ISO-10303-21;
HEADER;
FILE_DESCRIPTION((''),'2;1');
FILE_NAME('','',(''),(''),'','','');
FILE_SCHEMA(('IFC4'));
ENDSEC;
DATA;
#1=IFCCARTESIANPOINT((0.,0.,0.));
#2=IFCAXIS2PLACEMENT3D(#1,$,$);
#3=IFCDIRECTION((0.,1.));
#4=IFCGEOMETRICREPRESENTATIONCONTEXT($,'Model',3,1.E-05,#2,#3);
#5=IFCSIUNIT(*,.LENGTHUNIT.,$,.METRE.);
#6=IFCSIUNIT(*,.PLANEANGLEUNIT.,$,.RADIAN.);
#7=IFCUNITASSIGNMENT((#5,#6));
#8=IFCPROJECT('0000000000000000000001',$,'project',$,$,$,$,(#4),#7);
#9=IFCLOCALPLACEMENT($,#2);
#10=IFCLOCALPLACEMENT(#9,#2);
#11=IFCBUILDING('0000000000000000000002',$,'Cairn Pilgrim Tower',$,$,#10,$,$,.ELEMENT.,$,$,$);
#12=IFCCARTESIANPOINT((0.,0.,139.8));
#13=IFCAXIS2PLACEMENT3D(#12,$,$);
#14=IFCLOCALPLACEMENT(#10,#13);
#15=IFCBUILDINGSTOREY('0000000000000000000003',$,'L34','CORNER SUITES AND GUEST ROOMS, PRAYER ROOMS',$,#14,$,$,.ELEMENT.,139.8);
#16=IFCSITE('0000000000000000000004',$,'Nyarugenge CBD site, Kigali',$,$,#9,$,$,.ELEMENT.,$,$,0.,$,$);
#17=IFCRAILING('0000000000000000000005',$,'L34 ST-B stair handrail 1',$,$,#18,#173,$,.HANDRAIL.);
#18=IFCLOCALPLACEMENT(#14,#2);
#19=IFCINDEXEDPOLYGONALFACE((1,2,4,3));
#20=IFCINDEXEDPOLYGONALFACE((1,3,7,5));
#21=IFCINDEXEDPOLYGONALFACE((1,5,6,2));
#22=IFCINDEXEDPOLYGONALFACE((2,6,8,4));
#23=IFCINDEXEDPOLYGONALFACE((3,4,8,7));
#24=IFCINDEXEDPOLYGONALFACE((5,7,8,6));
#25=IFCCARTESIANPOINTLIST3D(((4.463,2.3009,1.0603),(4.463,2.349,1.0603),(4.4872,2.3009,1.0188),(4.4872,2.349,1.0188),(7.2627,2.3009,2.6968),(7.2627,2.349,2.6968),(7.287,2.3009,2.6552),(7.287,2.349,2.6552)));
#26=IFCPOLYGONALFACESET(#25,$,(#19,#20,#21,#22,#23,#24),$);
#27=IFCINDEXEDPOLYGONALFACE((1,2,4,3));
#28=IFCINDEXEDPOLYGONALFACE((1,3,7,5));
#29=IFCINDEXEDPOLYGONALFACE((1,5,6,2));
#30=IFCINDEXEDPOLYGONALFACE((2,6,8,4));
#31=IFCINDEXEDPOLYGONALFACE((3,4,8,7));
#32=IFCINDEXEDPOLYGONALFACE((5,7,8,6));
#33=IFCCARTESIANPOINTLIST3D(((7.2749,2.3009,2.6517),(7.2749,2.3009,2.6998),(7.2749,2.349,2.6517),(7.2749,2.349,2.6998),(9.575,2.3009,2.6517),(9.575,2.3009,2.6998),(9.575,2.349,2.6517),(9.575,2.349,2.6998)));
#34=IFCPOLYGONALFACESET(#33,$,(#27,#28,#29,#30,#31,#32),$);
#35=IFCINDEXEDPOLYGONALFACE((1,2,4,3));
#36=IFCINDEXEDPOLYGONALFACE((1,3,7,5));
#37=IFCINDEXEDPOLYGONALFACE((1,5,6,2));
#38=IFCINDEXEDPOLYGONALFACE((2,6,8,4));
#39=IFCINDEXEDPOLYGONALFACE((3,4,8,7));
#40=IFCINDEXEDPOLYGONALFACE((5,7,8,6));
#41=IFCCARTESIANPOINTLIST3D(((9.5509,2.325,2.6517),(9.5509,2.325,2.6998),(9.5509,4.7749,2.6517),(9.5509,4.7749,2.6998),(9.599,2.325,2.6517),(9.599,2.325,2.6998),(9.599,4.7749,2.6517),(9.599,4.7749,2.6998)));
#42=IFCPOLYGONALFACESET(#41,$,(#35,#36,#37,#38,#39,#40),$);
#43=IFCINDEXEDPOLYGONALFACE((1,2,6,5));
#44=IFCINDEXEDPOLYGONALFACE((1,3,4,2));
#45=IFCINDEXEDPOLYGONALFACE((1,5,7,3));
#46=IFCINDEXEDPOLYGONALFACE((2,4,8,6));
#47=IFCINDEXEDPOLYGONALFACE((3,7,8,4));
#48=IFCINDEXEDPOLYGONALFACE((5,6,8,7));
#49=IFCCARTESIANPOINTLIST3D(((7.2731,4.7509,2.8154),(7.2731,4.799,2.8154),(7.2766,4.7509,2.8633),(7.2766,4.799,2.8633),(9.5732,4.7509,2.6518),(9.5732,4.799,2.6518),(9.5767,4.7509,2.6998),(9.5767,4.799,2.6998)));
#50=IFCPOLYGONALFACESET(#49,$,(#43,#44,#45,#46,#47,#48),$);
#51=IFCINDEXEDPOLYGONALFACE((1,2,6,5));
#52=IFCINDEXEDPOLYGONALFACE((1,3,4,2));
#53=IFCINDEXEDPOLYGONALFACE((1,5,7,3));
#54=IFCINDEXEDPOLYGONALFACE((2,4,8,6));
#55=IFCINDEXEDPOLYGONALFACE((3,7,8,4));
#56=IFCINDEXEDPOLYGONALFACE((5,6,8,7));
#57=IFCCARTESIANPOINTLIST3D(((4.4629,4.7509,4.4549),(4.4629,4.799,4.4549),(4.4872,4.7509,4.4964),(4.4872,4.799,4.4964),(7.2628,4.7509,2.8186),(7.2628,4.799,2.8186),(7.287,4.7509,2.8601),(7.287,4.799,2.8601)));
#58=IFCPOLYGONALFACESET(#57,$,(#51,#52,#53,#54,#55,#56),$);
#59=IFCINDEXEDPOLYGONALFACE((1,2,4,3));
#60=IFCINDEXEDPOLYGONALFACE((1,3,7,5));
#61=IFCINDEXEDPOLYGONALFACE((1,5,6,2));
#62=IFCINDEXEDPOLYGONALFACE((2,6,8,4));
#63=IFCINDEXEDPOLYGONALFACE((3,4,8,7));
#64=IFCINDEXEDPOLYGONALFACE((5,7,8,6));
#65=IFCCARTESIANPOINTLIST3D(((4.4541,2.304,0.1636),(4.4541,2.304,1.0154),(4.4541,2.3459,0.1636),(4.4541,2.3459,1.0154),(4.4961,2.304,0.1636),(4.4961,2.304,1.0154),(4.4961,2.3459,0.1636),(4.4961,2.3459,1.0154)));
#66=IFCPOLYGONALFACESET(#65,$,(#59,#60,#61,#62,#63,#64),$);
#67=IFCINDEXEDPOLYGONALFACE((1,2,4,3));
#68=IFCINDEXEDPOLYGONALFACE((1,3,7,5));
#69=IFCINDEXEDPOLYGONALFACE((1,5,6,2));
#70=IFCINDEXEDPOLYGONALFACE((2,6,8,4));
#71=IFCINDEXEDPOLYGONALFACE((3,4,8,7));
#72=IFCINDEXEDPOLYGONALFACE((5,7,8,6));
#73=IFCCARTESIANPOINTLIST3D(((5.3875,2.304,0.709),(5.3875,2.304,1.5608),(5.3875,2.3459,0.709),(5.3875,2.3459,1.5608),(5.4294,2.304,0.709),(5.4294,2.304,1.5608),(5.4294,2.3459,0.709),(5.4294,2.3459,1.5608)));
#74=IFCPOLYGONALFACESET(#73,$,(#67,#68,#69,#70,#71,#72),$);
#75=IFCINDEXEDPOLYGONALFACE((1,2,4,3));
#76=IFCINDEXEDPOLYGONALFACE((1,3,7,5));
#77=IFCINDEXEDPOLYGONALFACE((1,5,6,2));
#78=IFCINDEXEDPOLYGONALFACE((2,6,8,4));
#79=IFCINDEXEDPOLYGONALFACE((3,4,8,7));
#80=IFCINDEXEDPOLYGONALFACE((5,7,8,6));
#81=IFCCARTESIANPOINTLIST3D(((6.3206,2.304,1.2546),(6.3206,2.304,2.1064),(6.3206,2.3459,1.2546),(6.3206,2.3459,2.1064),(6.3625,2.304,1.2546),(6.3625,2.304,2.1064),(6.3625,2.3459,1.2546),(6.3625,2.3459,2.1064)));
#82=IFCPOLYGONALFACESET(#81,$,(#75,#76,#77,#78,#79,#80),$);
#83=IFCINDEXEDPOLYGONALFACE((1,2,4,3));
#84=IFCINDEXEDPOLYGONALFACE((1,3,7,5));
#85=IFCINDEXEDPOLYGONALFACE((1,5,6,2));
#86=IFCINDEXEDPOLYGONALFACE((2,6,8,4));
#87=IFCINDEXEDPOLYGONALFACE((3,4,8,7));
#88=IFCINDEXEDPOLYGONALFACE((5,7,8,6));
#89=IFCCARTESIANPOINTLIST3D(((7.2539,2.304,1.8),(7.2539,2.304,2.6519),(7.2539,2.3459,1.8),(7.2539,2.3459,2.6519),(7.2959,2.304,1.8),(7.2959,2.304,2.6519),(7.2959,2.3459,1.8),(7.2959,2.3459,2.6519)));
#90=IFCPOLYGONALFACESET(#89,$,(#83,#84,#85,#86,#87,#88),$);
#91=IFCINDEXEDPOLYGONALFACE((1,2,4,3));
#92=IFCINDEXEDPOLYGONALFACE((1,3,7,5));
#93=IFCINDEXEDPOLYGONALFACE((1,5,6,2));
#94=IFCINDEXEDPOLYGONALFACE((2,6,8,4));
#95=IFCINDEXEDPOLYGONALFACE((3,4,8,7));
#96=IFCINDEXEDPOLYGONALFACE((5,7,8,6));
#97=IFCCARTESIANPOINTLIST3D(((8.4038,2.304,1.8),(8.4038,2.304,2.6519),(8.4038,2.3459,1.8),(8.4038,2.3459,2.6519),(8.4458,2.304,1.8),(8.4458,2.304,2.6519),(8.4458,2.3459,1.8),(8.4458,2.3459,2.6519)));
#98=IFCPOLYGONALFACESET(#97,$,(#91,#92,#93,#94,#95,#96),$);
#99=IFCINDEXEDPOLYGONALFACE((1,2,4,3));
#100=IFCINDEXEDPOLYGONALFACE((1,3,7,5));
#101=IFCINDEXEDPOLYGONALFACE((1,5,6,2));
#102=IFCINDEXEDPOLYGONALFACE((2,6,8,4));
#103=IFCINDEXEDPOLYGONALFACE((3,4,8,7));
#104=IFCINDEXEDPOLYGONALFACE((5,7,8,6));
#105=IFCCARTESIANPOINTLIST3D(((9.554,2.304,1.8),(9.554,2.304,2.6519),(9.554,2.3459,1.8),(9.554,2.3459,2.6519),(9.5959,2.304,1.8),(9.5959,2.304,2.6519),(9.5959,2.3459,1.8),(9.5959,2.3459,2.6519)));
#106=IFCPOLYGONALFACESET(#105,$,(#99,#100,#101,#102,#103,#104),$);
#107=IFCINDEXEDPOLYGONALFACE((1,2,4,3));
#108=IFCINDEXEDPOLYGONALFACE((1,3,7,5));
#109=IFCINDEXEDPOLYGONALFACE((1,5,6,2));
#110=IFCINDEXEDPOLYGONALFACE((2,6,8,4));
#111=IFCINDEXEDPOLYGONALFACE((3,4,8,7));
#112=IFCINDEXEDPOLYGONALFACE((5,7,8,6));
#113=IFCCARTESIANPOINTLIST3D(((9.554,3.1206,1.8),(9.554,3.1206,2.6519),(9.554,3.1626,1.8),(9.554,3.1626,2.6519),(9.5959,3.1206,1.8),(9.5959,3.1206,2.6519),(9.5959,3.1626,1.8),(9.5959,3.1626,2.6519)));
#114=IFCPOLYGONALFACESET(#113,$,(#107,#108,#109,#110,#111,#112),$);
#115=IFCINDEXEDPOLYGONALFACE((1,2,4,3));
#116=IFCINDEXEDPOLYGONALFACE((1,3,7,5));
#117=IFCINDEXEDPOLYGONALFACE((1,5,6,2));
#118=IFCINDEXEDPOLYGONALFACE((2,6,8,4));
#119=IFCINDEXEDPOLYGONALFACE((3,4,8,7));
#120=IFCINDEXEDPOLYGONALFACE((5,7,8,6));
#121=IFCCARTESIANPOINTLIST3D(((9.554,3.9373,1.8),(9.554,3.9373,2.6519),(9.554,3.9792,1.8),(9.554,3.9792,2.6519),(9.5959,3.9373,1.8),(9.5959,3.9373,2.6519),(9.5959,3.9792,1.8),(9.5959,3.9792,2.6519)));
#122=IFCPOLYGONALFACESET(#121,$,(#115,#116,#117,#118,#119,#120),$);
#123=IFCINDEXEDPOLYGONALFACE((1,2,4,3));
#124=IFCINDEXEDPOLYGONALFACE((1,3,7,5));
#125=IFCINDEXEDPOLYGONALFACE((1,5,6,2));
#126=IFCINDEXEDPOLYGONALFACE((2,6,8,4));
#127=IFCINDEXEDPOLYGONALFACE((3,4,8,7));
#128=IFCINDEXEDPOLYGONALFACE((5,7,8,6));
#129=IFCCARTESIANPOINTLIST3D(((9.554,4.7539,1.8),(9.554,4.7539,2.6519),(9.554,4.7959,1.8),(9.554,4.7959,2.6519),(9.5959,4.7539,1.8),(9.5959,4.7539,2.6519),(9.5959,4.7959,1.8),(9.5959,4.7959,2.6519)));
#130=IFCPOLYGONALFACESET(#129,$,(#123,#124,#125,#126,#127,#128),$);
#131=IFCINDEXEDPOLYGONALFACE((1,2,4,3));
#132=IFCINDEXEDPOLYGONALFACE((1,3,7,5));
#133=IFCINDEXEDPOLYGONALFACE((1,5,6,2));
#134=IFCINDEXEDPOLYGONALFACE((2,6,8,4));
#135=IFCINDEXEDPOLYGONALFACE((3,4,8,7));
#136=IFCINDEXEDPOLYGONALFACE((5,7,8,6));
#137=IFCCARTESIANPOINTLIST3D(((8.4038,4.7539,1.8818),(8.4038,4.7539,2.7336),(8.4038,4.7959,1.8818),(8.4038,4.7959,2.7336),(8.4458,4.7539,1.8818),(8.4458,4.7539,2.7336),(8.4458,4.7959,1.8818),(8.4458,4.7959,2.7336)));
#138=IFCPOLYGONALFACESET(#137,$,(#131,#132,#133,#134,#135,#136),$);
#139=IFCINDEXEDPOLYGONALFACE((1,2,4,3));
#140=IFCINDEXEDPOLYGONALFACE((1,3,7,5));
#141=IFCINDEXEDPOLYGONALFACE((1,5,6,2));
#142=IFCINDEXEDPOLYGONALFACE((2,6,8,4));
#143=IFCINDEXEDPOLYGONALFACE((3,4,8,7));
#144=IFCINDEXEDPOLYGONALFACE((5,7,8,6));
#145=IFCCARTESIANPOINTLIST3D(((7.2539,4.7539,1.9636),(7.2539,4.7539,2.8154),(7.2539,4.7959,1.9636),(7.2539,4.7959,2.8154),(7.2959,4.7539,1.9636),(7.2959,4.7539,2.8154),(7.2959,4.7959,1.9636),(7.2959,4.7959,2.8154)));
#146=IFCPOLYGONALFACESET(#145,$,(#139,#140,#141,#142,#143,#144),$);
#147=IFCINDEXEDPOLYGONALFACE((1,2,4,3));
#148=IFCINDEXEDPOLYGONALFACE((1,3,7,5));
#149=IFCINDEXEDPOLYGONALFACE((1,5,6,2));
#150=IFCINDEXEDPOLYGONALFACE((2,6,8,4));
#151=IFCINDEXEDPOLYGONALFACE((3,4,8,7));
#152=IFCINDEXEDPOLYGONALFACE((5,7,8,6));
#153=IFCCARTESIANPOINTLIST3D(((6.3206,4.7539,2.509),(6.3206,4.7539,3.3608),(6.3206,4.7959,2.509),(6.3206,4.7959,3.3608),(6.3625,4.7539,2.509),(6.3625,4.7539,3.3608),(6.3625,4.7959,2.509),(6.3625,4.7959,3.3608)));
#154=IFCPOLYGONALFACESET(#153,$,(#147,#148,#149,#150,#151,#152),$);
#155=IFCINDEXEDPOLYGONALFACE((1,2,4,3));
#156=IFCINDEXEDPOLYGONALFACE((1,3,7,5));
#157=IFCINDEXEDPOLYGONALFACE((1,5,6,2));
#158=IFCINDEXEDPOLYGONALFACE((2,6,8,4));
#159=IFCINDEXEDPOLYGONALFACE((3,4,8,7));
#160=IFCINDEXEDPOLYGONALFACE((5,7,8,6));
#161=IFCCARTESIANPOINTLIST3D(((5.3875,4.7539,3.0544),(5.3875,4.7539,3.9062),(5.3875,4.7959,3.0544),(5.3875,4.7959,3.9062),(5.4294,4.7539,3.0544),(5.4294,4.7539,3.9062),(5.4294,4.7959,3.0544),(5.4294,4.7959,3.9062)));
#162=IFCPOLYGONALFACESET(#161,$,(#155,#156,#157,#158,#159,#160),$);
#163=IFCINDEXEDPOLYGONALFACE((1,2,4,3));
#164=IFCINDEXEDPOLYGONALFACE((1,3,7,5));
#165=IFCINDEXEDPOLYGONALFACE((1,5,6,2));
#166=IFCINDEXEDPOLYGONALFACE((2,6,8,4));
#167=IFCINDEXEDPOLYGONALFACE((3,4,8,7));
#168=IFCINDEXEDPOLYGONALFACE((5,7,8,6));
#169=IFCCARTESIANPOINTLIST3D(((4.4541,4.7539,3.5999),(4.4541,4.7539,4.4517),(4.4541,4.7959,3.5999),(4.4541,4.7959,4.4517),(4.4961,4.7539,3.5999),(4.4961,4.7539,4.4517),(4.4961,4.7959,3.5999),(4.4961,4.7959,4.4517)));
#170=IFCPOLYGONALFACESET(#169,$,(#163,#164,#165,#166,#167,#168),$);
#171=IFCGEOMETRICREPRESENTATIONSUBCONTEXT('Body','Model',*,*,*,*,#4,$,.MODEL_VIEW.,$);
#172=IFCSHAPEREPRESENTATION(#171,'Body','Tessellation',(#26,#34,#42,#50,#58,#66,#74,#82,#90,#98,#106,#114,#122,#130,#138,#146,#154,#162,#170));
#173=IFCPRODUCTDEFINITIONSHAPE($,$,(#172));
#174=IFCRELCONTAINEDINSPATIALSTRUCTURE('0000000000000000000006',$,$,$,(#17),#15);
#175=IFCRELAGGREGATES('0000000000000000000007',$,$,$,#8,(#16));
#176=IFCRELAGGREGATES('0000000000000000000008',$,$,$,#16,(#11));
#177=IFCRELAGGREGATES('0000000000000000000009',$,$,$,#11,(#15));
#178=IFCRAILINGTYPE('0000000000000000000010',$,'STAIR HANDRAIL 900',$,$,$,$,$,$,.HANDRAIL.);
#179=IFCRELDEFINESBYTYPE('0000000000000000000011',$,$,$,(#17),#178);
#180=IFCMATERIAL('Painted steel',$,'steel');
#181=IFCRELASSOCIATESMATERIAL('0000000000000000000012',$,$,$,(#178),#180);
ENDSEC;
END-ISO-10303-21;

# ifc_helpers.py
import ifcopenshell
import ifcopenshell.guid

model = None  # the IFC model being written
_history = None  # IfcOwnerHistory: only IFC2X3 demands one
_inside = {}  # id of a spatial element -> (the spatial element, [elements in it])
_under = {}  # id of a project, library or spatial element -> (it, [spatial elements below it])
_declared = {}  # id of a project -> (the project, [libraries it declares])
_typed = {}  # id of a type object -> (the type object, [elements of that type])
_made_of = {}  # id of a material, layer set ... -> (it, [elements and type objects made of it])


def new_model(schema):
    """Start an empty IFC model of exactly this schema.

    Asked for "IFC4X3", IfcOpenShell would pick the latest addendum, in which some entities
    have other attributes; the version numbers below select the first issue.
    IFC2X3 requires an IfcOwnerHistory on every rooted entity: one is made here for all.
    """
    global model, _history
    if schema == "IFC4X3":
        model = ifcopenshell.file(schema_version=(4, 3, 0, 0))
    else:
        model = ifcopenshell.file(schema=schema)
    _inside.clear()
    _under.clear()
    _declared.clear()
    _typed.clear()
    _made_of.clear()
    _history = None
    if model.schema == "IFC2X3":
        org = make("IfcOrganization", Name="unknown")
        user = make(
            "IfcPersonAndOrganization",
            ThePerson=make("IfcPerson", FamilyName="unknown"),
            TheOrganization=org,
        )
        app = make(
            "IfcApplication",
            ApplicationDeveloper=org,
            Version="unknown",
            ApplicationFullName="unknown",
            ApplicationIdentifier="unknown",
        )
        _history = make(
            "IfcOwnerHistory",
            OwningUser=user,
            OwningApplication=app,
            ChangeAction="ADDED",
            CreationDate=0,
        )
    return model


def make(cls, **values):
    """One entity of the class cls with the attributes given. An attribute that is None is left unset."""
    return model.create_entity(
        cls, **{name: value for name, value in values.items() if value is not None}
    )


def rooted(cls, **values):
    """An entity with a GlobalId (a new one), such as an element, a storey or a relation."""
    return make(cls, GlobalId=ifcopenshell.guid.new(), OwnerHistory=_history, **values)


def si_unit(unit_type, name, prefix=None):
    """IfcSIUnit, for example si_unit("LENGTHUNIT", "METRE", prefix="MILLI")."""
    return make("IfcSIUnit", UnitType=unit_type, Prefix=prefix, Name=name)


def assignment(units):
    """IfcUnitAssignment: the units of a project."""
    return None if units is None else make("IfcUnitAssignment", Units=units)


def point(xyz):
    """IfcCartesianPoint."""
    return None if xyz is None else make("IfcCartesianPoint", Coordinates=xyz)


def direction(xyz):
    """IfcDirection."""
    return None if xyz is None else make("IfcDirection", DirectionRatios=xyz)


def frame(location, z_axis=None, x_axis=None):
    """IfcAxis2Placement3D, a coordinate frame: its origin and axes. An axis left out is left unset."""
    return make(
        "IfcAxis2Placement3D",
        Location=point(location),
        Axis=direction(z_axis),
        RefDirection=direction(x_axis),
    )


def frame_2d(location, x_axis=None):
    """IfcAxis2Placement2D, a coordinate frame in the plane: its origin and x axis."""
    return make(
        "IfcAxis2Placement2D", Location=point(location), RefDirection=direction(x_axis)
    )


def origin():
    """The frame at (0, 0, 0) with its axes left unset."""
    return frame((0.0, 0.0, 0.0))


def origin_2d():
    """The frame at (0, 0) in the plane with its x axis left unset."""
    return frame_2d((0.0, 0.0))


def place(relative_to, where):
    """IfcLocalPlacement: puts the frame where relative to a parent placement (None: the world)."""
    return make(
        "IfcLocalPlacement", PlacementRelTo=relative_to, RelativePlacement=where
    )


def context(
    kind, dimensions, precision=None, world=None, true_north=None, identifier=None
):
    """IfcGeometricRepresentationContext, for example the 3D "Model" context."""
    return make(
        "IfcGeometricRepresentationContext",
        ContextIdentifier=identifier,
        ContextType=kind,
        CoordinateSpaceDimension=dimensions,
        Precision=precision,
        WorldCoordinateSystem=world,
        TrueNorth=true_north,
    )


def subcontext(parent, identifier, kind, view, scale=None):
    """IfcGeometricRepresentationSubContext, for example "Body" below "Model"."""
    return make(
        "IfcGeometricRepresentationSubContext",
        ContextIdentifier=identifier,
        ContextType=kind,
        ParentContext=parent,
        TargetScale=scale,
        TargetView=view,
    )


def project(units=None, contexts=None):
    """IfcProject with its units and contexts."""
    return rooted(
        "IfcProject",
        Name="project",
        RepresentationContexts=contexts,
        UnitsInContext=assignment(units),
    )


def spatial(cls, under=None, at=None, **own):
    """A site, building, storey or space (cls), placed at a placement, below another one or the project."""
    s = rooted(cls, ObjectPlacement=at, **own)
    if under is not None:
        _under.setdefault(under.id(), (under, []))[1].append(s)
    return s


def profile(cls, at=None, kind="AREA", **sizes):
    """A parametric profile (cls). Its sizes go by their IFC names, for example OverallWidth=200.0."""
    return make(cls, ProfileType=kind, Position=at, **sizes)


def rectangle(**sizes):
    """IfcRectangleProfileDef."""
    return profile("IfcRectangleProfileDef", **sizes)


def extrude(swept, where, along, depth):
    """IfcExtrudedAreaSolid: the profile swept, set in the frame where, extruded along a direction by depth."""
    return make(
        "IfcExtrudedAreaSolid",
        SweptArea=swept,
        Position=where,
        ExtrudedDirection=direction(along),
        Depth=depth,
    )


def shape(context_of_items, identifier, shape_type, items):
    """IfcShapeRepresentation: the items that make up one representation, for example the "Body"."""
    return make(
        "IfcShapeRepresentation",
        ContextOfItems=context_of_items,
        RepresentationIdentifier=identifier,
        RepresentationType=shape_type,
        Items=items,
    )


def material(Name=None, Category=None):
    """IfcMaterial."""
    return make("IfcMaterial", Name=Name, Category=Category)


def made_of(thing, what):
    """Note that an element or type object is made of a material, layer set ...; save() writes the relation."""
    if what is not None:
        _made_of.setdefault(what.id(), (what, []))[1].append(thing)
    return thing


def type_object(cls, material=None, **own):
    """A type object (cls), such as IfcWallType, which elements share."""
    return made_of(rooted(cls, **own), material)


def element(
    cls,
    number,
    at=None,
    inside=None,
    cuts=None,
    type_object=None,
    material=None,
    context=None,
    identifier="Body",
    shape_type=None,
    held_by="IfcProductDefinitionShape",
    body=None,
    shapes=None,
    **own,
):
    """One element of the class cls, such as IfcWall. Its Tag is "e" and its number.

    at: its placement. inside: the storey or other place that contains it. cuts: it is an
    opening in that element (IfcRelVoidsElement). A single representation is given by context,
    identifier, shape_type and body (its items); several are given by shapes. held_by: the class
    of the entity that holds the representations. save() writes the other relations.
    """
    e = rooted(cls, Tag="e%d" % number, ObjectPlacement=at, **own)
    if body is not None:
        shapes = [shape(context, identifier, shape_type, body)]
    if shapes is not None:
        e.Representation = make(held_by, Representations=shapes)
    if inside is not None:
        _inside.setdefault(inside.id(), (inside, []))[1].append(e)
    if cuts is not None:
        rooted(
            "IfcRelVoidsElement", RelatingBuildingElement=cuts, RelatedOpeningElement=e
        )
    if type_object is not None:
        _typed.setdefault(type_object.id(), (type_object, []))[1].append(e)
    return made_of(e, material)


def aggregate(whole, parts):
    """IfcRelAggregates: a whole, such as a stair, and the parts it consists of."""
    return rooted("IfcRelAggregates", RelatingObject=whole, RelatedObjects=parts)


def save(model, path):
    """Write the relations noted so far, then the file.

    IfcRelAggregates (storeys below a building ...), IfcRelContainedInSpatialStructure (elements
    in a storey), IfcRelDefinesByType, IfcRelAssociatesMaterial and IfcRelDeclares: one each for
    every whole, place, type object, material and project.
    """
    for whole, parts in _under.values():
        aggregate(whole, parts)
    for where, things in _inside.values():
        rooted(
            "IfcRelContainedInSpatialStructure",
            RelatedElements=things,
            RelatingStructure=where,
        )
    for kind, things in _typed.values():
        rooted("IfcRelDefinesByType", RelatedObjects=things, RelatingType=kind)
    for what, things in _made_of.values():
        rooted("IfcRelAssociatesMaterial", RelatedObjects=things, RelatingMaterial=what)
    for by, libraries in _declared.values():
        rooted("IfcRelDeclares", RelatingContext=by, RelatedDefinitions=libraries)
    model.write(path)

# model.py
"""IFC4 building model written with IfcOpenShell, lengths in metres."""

from ifc_helpers import new_model, si_unit, direction, frame, origin, origin_2d, place, context, subcontext, project, spatial, rectangle, extrude, material, type_object, element, save


model = new_model("IFC4")

# Units and contexts
model_context = context("Model", 3, precision=1e-05, world=origin(), true_north=direction((0.0, 1.0)))
body_context = subcontext(model_context, "Body", "Model", "MODEL_VIEW")
ifc_project = project(units=[si_unit("LENGTHUNIT", "METRE"), si_unit("PLANEANGLEUNIT", "RADIAN")], contexts=[model_context])

# Site, building, storey
site_placement = place(None, origin())
site = spatial("IfcSite", under=ifc_project, at=site_placement, Name="Nyarugenge CBD site, Kigali", CompositionType="ELEMENT", RefElevation=0.0)
building_placement = place(site_placement, origin())
building = spatial("IfcBuilding", under=site, at=building_placement, Name="Cairn Pilgrim Tower", CompositionType="ELEMENT")
storey_placement = place(building_placement, frame((0.0, 0.0, 139.8)))
storey = spatial("IfcBuildingStorey", under=building, at=storey_placement, Name="L34", Description="CORNER SUITES AND GUEST ROOMS, PRAYER ROOMS", CompositionType="ELEMENT", Elevation=139.8)

# Shared definitions
ifc_material_1 = material(Name="Painted steel", Category="steel")

# Railing
railing_type_1 = type_object("IfcRailingType", Name="STAIR HANDRAIL 900", PredefinedType="HANDRAIL", material=ifc_material_1)
railing_1_placement = place(storey_placement, frame((4.4751, 2.325, 0.1636)))
element("IfcRailing", 1, at=railing_1_placement, inside=storey, type_object=railing_type_1, Name="L34 ST-B stair handrail 1", PredefinedType="HANDRAIL", context=body_context, shape_type="SweptSolid", body=[
    extrude(rectangle(XDim=0.0481, YDim=0.0481, at=origin_2d()), frame((0.0, 0.0, 0.876), z_axis=(0.863342, 0.0, 0.50462), x_axis=(0.0, 1.0, 0.0)), (0.0, 0.0, 1.0), 3.2429),
    extrude(rectangle(XDim=0.0481, YDim=0.0481, at=origin_2d()), frame((2.7998, 0.0, 2.5122), z_axis=(1.0, 0.0, 0.0), x_axis=(0.0, 1.0, 0.0)), (0.0, 0.0, 1.0), 2.3),
    extrude(rectangle(XDim=0.0481, YDim=0.0481, at=origin_2d()), frame((5.0999, 0.0, 2.5122), z_axis=(0.0, 1.0, 0.0), x_axis=(-1.0, 0.0, 0.0)), (0.0, 0.0, 1.0), 2.45),
    extrude(rectangle(XDim=0.0481, YDim=0.0481, at=origin_2d()), frame((5.0999, 2.45, 2.5122), z_axis=(-0.997481, 0.0, 0.070939), x_axis=(0.0, -1.0, 0.0)), (0.0, 0.0, 1.0), 2.3059),
    extrude(rectangle(XDim=0.0481, YDim=0.0481, at=origin_2d()), frame((2.7998, 2.45, 2.6758), z_axis=(-0.863374, 0.0, 0.504564), x_axis=(0.0, -1.0, 0.0)), (0.0, 0.0, 1.0), 3.2429),
    extrude(rectangle(XDim=0.042, YDim=0.042, at=origin_2d()), origin(), (0.0, 0.0, 1.0), 0.8518),
    extrude(rectangle(XDim=0.042, YDim=0.042, at=origin_2d()), frame((0.9333, 0.0, 0.5454)), (0.0, 0.0, 1.0), 0.8518),
    extrude(rectangle(XDim=0.042, YDim=0.042, at=origin_2d()), frame((1.8665, 0.0, 1.0911)), (0.0, 0.0, 1.0), 0.8518),
    extrude(rectangle(XDim=0.042, YDim=0.042, at=origin_2d()), frame((2.7998, 0.0, 1.6365)), (0.0, 0.0, 1.0), 0.8518),
    extrude(rectangle(XDim=0.042, YDim=0.042, at=origin_2d()), frame((3.9497, 0.0, 1.6365)), (0.0, 0.0, 1.0), 0.8518),
    extrude(rectangle(XDim=0.042, YDim=0.042, at=origin_2d()), frame((5.0999, 0.0, 1.6365)), (0.0, 0.0, 1.0), 0.8518),
    extrude(rectangle(XDim=0.042, YDim=0.042, at=origin_2d()), frame((5.0999, 0.8167, 1.6365)), (0.0, 0.0, 1.0), 0.8518),
    extrude(rectangle(XDim=0.042, YDim=0.042, at=origin_2d()), frame((5.0999, 1.6333, 1.6365)), (0.0, 0.0, 1.0), 0.8518),
    extrude(rectangle(XDim=0.042, YDim=0.042, at=origin_2d()), frame((5.0999, 2.45, 1.6365)), (0.0, 0.0, 1.0), 0.8518),
    extrude(rectangle(XDim=0.042, YDim=0.042, at=origin_2d()), frame((3.9497, 2.45, 1.7183)), (0.0, 0.0, 1.0), 0.8518),
    extrude(rectangle(XDim=0.042, YDim=0.042, at=origin_2d()), frame((2.7998, 2.45, 1.8)), (0.0, 0.0, 1.0), 0.8518),
    extrude(rectangle(XDim=0.042, YDim=0.042, at=origin_2d()), frame((1.8665, 2.45, 2.3455)), (0.0, 0.0, 1.0), 0.8518),
    extrude(rectangle(XDim=0.042, YDim=0.042, at=origin_2d()), frame((0.9333, 2.45, 2.8909)), (0.0, 0.0, 1.0), 0.8518),
    extrude(rectangle(XDim=0.042, YDim=0.042, at=origin_2d()), frame((0.0, 2.45, 3.4363)), (0.0, 0.0, 1.0), 0.8518),
])

save(model, "model.ifc")
